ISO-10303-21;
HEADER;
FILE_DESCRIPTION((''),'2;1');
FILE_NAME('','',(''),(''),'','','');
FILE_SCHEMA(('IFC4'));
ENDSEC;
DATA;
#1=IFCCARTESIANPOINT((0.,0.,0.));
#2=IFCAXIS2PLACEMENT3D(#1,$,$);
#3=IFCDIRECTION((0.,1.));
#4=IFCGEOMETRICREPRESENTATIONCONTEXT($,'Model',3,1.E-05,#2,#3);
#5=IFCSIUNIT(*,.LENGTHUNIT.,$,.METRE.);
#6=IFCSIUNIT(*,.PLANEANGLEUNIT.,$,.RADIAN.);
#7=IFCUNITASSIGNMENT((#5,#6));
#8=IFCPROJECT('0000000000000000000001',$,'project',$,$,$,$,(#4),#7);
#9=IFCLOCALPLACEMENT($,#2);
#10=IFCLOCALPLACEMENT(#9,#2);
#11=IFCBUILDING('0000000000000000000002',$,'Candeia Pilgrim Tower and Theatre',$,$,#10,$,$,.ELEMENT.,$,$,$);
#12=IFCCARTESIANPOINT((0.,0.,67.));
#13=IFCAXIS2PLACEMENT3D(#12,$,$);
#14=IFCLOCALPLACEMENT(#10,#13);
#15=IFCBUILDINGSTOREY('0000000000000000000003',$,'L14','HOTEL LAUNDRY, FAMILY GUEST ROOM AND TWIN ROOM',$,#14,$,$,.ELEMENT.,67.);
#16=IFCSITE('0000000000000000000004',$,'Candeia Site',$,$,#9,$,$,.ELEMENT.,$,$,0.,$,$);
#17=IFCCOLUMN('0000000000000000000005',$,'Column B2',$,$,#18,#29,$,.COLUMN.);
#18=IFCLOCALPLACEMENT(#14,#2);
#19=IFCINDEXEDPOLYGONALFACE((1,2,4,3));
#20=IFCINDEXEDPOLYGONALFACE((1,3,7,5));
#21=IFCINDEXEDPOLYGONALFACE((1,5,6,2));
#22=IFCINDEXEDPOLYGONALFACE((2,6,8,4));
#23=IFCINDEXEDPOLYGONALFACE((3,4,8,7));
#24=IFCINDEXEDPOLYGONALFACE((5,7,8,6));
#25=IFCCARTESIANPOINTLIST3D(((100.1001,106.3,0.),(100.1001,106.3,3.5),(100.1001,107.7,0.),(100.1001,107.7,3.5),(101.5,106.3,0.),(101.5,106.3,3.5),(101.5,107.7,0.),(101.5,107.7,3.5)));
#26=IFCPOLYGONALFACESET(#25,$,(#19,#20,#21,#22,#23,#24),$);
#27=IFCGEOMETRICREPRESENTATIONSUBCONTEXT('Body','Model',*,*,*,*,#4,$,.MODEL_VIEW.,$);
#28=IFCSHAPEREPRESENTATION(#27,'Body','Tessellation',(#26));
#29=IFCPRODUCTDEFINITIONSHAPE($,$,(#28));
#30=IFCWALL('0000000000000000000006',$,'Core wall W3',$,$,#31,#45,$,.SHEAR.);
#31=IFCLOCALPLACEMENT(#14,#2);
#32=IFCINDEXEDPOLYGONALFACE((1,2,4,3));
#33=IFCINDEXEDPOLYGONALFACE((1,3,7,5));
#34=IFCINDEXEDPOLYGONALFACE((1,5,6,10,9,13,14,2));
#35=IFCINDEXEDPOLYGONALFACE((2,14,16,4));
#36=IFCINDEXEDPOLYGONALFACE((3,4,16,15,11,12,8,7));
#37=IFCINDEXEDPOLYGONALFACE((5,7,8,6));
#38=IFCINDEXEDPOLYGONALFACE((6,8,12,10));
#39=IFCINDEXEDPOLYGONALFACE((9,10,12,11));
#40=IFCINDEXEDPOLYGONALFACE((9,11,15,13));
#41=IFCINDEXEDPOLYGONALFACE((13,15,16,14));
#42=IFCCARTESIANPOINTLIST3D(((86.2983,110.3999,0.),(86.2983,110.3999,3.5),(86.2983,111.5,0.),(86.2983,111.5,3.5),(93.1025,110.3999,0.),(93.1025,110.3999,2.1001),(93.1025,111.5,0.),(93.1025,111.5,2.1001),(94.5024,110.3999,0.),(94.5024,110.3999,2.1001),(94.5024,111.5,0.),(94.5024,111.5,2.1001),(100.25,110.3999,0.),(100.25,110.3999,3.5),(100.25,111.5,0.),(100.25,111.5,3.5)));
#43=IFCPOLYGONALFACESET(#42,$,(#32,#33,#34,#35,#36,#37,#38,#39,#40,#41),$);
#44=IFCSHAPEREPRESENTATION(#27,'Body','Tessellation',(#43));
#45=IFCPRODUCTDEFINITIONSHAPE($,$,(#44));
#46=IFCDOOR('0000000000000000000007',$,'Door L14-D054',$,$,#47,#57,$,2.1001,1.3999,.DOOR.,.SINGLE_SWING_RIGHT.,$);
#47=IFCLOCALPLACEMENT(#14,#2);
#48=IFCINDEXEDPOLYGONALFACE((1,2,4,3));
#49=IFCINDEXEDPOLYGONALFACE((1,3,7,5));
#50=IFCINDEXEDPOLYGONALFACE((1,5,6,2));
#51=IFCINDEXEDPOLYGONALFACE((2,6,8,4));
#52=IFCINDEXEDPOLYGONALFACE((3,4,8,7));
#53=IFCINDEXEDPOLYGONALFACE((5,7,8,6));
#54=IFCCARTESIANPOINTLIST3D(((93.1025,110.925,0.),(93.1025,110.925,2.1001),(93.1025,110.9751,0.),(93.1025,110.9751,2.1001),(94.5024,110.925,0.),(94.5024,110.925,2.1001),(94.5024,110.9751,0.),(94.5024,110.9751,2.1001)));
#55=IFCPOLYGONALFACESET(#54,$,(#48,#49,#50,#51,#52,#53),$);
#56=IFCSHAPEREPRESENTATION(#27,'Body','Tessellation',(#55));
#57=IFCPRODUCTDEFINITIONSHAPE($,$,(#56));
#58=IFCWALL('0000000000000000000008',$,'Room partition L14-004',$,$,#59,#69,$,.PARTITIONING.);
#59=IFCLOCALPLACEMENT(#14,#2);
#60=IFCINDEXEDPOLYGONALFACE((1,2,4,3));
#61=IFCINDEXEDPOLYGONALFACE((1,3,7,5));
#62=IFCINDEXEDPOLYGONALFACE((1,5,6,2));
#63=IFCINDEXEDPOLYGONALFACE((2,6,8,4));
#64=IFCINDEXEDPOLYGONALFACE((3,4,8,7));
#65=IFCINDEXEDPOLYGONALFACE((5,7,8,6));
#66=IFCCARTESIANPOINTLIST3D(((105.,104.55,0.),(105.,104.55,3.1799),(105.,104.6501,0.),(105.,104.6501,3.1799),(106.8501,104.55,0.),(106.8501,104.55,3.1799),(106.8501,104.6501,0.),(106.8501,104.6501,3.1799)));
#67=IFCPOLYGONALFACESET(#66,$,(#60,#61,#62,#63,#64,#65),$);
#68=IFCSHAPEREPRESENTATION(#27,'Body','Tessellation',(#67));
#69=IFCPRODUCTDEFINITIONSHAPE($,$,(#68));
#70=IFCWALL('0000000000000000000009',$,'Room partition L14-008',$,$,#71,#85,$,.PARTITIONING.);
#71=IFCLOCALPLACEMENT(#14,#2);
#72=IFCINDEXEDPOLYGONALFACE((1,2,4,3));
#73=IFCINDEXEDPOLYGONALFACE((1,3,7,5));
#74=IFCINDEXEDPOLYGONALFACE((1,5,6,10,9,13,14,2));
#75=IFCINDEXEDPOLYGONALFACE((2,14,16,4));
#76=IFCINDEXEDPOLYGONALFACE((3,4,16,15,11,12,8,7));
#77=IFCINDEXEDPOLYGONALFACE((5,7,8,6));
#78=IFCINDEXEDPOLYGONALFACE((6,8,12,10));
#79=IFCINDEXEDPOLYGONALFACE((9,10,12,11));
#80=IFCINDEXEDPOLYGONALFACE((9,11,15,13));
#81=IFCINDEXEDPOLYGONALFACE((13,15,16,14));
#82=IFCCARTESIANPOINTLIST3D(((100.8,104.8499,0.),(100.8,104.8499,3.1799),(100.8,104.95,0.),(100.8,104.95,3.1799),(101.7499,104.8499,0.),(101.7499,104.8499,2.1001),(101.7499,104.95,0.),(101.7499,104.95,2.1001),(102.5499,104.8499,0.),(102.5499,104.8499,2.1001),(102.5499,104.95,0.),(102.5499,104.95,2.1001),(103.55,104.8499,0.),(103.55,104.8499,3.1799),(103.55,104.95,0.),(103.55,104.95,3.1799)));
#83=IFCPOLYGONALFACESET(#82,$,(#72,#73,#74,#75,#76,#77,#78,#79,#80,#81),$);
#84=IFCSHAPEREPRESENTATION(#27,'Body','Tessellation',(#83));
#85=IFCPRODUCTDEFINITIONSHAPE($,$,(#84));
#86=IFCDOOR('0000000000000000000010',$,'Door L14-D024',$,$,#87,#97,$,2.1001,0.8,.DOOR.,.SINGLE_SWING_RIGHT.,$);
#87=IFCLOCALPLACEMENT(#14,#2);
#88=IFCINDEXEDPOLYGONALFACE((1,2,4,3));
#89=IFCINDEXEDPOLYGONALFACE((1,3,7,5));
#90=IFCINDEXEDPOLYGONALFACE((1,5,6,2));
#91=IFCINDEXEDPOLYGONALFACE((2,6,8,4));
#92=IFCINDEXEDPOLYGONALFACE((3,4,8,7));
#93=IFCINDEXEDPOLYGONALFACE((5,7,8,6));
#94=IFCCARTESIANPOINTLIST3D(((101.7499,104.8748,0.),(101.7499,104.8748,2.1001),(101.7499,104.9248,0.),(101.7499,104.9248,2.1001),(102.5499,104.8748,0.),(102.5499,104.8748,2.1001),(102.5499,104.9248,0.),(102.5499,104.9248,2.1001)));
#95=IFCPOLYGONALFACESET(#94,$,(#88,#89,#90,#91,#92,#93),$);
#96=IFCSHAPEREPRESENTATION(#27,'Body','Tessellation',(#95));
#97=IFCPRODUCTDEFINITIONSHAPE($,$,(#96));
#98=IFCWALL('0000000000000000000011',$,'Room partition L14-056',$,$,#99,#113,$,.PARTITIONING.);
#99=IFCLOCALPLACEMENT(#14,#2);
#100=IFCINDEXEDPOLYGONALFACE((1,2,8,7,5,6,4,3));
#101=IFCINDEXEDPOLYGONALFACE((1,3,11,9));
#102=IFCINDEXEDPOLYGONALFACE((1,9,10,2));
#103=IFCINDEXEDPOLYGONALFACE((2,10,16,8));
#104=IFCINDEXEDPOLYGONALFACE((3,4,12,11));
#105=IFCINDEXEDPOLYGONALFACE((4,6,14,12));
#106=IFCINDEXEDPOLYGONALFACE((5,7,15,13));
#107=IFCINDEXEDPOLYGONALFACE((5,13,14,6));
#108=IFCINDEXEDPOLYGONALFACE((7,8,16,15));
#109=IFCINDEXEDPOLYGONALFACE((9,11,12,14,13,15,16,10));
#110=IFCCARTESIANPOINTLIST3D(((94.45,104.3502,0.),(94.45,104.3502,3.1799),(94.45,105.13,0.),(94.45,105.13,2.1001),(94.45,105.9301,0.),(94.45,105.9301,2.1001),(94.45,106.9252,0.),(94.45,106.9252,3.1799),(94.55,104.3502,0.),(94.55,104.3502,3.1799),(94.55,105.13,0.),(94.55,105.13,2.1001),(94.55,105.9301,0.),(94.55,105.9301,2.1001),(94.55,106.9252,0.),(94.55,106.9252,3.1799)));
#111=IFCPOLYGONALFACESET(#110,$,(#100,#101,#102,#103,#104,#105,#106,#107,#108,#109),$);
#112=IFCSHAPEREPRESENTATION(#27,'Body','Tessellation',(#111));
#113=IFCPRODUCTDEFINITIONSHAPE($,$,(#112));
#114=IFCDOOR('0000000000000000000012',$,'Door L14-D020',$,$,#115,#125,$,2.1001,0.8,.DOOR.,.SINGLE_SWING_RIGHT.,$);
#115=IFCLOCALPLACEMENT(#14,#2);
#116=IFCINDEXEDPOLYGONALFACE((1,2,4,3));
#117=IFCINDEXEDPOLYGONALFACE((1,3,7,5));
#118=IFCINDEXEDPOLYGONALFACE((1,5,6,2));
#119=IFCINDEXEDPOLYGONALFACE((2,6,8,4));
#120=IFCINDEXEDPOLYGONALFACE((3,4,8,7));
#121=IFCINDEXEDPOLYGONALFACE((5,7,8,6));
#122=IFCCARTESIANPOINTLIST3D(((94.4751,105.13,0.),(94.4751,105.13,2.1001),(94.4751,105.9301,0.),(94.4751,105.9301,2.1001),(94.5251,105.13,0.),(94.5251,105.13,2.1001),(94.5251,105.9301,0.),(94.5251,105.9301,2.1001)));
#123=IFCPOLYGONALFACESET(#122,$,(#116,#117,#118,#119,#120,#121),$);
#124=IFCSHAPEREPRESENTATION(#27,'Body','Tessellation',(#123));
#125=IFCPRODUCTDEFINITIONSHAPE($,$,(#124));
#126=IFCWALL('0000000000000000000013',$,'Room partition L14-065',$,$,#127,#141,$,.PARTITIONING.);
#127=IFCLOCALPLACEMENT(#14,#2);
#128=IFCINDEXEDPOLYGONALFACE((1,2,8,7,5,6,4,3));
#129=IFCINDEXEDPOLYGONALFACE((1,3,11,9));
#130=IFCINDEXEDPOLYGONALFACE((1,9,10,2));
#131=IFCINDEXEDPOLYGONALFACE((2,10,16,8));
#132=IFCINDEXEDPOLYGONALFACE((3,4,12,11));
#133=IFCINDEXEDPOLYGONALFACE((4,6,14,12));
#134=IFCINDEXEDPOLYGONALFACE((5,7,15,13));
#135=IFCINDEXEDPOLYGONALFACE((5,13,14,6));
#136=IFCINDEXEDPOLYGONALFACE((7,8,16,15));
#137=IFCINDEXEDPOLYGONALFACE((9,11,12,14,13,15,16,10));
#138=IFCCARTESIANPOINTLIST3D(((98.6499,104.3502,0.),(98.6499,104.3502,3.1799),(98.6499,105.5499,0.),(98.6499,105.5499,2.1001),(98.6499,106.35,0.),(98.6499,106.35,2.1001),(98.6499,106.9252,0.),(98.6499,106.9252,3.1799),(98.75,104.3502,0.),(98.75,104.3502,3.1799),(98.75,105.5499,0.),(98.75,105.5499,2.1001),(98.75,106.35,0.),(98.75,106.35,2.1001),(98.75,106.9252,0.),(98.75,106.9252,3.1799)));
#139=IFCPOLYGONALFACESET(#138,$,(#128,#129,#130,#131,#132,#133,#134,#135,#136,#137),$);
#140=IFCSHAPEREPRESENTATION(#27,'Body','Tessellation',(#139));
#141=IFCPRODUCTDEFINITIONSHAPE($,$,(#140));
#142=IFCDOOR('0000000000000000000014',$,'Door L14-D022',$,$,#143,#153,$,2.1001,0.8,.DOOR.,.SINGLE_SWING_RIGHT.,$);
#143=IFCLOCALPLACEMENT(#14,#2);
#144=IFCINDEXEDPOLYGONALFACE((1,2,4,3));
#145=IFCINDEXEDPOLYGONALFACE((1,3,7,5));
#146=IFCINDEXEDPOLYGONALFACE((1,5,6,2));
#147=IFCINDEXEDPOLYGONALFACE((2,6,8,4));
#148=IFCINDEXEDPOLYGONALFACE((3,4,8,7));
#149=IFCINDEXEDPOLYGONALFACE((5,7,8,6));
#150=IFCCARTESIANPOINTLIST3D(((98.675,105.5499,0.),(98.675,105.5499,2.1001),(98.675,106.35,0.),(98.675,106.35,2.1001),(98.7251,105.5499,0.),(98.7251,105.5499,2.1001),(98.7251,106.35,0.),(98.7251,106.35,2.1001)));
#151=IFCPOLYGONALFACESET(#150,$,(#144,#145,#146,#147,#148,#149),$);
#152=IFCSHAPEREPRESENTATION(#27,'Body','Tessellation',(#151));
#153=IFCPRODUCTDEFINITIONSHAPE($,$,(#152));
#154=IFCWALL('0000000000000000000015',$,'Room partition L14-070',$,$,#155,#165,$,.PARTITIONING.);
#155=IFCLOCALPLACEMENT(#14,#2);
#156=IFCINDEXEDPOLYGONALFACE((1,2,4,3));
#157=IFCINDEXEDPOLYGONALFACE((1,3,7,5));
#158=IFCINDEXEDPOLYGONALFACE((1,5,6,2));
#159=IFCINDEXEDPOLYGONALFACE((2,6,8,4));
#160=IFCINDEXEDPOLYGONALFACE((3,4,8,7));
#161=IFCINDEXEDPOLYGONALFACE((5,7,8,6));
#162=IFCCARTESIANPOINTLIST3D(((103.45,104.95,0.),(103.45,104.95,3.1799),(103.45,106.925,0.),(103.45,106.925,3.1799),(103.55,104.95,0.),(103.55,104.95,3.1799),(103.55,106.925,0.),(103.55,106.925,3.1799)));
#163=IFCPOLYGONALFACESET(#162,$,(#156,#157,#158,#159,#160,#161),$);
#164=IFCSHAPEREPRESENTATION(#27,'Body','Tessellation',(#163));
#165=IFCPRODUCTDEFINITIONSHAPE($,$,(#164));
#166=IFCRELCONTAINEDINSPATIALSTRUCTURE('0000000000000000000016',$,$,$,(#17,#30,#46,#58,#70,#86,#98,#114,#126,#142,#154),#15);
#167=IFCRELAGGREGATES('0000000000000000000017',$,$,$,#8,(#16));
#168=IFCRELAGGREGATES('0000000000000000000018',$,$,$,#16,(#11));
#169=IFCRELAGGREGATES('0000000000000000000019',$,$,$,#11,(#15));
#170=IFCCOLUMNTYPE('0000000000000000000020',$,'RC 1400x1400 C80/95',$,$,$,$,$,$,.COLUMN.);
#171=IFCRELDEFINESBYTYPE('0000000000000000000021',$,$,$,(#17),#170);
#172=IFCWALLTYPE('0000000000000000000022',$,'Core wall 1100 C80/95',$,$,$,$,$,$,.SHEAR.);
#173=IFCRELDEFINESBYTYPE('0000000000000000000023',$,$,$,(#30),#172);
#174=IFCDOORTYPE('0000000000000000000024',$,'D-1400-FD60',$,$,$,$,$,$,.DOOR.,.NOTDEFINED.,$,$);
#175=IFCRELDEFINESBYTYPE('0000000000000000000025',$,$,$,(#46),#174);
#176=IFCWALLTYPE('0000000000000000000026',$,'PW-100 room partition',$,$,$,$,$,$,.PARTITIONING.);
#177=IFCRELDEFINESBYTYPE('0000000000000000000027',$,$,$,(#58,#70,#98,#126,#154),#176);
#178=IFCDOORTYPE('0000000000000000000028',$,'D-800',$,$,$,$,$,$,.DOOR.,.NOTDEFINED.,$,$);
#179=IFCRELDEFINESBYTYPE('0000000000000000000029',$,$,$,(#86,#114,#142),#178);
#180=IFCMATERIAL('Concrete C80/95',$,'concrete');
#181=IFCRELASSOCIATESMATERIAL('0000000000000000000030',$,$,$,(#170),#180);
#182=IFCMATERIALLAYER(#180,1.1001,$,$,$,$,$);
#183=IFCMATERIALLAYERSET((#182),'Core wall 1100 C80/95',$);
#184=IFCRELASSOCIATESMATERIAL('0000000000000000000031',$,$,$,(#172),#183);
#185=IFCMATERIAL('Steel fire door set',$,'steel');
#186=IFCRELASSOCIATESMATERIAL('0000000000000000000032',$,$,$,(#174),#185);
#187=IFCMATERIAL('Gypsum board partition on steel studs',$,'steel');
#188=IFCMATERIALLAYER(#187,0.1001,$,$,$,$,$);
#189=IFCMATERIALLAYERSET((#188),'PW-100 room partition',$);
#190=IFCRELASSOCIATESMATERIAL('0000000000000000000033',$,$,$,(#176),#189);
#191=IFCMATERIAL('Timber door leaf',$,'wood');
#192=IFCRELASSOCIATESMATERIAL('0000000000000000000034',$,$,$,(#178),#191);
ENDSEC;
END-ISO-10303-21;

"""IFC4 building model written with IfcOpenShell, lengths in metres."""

from ifc_helpers import new_model, si_unit, direction, frame, frame_2d, origin, origin_2d, place, context, subcontext, project, spatial, rectangle, extrude, material, layer, layer_set, material_profile, profile_set, type_object, element, fill, save


model = new_model("IFC4")

# Units and contexts
model_context = context("Model", 3, precision=1e-05, world=origin(), true_north=direction((0.0, 1.0)))
body_context = subcontext(model_context, "Body", "Model", "MODEL_VIEW")
ifc_project = project(units=[si_unit("LENGTHUNIT", "METRE"), si_unit("PLANEANGLEUNIT", "RADIAN")], contexts=[model_context])

# Site, building, storey
site_placement = place(None, origin())
site = spatial("IfcSite", under=ifc_project, at=site_placement, Name="Candeia Site", CompositionType="ELEMENT", RefElevation=0.0)
building_placement = place(site_placement, origin())
building = spatial("IfcBuilding", under=site, at=building_placement, Name="Candeia Pilgrim Tower and Theatre", CompositionType="ELEMENT")
storey_placement = place(building_placement, frame((0.0, 0.0, 67.0)))
storey = spatial("IfcBuildingStorey", under=building, at=storey_placement, Name="L14", Description="HOTEL LAUNDRY, FAMILY GUEST ROOM AND TWIN ROOM", CompositionType="ELEMENT", Elevation=67.0)

# Column
ifc_material_1 = material(Name="Concrete C80/95", Category="concrete")
ifc_material_profile = material_profile(ifc_material_1, rectangle(XDim=1.3999, YDim=1.3999, at=origin_2d()))
ifc_profile_set = profile_set([ifc_material_profile], Name="Concrete C80/95")
column_type = type_object("IfcColumnType", Name="RC 1400x1400 C80/95", PredefinedType="COLUMN", material=ifc_profile_set)
column_placement = place(storey_placement, frame((100.8, 107.0, 0.0), z_axis=(0.0, 0.0, 1.0), x_axis=(1.0, 0.0, 0.0)))
element("IfcColumn", 1, at=column_placement, inside=storey, type_object=column_type, Name="Column B2", PredefinedType="COLUMN", context=body_context, shape_type="SweptSolid", body=[
    extrude(rectangle(XDim=1.3999, YDim=1.3999, at=origin_2d()), origin(), (0.0, 0.0, 1.0), 3.5),
])

# Wall, opening, door
ifc_layer_1 = layer(ifc_material_1, 1.1001)
ifc_layer_set_1 = layer_set([ifc_layer_1], Name="Core wall 1100 C80/95")
wall_type_1 = type_object("IfcWallType", Name="Core wall 1100 C80/95", PredefinedType="SHEAR", material=ifc_layer_set_1)
wall_1_placement = place(storey_placement, frame((100.25, 110.95, 0.0), z_axis=(0.0, 0.0, 1.0), x_axis=(-1.0, 0.0, 0.0)))
wall_1 = element("IfcWall", 2, at=wall_1_placement, inside=storey, type_object=wall_type_1, Name="Core wall W3", PredefinedType="SHEAR", context=body_context, shape_type="SweptSolid", body=[
    extrude(rectangle(XDim=13.9517, YDim=1.1001, at=frame_2d((6.9758, 0.0))), origin(), (0.0, 0.0, 1.0), 3.5),
])
opening_1_placement = place(wall_1_placement, frame((5.7476, 0.0, 0.0)))
opening_1 = element("IfcOpeningElement", 3, at=opening_1_placement, cuts=wall_1, PredefinedType="OPENING", context=body_context, shape_type="SweptSolid", body=[
    extrude(rectangle(XDim=1.3999, YDim=2.1001, at=frame_2d((0.7, 1.05))), frame((0.0, 0.5601, 0.0), z_axis=(0.0, -1.0, 0.0), x_axis=(1.0, 0.0, 0.0)), (0.0, 0.0, 1.0), 1.1201),
])
ifc_material_2 = material(Name="Steel fire door set", Category="steel")
door_type_1 = type_object("IfcDoorType", Name="D-1400-FD60", OperationType="NOTDEFINED", PredefinedType="DOOR", material=ifc_material_2)
door_1_placement = place(opening_1_placement, origin())
door_1 = element("IfcDoor", 4, at=door_1_placement, inside=storey, type_object=door_type_1, Name="Door L14-D054", OperationType="SINGLE_SWING_RIGHT", OverallHeight=2.1001, OverallWidth=1.3999, PredefinedType="DOOR", context=body_context, shape_type="SweptSolid", body=[
    extrude(rectangle(XDim=1.3999, YDim=2.1001, at=frame_2d((0.7, 1.05))), frame((0.0, 0.0249, 0.0), z_axis=(0.0, -1.0, 0.0), x_axis=(1.0, 0.0, 0.0)), (0.0, 0.0, 1.0), 0.05),
])
fill(opening_1, door_1)

# Wall
ifc_material_3 = material(Name="Gypsum board partition on steel studs", Category="steel")
ifc_layer_2 = layer(ifc_material_3, 0.1001)
ifc_layer_set_2 = layer_set([ifc_layer_2], Name="PW-100 room partition")
wall_type_2 = type_object("IfcWallType", Name="PW-100 room partition", PredefinedType="PARTITIONING", material=ifc_layer_set_2)
wall_2_placement = place(storey_placement, frame((105.0, 104.6001, 0.0), z_axis=(0.0, 0.0, 1.0), x_axis=(1.0, 0.0, 0.0)))
element("IfcWall", 5, at=wall_2_placement, inside=storey, type_object=wall_type_2, Name="Room partition L14-004", PredefinedType="PARTITIONING", context=body_context, shape_type="SweptSolid", body=[
    extrude(rectangle(XDim=1.8501, YDim=0.1001, at=frame_2d((0.925, 0.0))), origin(), (0.0, 0.0, 1.0), 3.1799),
])

# Walls, openings, doors
wall_3_placement = place(storey_placement, frame((100.8, 104.8999, 0.0), z_axis=(0.0, 0.0, 1.0), x_axis=(1.0, 0.0, 0.0)))
wall_3 = element("IfcWall", 6, at=wall_3_placement, inside=storey, type_object=wall_type_2, Name="Room partition L14-008", PredefinedType="PARTITIONING", context=body_context, shape_type="SweptSolid", body=[
    extrude(rectangle(XDim=2.75, YDim=0.1001, at=frame_2d((1.375, 0.0))), origin(), (0.0, 0.0, 1.0), 3.1799),
])
opening_2_placement = place(wall_3_placement, frame((0.95, 0.0, 0.0)))
opening_2 = element("IfcOpeningElement", 7, at=opening_2_placement, cuts=wall_3, PredefinedType="OPENING", context=body_context, shape_type="SweptSolid", body=[
    extrude(rectangle(XDim=0.8, YDim=2.1001, at=frame_2d((0.3999, 1.05))), frame((0.0, 0.0601, 0.0), z_axis=(0.0, -1.0, 0.0), x_axis=(1.0, 0.0, 0.0)), (0.0, 0.0, 1.0), 0.1201),
])
ifc_material_4 = material(Name="Timber door leaf", Category="wood")
door_type_2 = type_object("IfcDoorType", Name="D-800", OperationType="NOTDEFINED", PredefinedType="DOOR", material=ifc_material_4)
door_2_placement = place(opening_2_placement, origin())
door_2 = element("IfcDoor", 8, at=door_2_placement, inside=storey, type_object=door_type_2, Name="Door L14-D024", OperationType="SINGLE_SWING_RIGHT", OverallHeight=2.1001, OverallWidth=0.8, PredefinedType="DOOR", context=body_context, shape_type="SweptSolid", body=[
    extrude(rectangle(XDim=0.8, YDim=2.1001, at=frame_2d((0.3999, 1.05))), frame((0.0, 0.0249, 0.0), z_axis=(0.0, -1.0, 0.0), x_axis=(1.0, 0.0, 0.0)), (0.0, 0.0, 1.0), 0.05),
])
fill(opening_2, door_2)
wall_4_placement = place(storey_placement, frame((94.5, 104.3501, 0.0), z_axis=(0.0, 0.0, 1.0), x_axis=(0.0, 1.0, 0.0)))
wall_4 = element("IfcWall", 9, at=wall_4_placement, inside=storey, type_object=wall_type_2, Name="Room partition L14-056", PredefinedType="PARTITIONING", context=body_context, shape_type="SweptSolid", body=[
    extrude(rectangle(XDim=2.575, YDim=0.1001, at=frame_2d((1.2876, 0.0))), origin(), (0.0, 0.0, 1.0), 3.1799),
])
opening_3_placement = place(wall_4_placement, frame((0.78, 0.0, 0.0)))
opening_3 = element("IfcOpeningElement", 10, at=opening_3_placement, cuts=wall_4, PredefinedType="OPENING", context=body_context, shape_type="SweptSolid", body=[
    extrude(rectangle(XDim=0.8, YDim=2.1001, at=frame_2d((0.3999, 1.05))), frame((0.0, 0.0601, 0.0), z_axis=(0.0, -1.0, 0.0), x_axis=(1.0, 0.0, 0.0)), (0.0, 0.0, 1.0), 0.1201),
])
door_3_placement = place(opening_3_placement, origin())
door_3 = element("IfcDoor", 11, at=door_3_placement, inside=storey, type_object=door_type_2, Name="Door L14-D020", OperationType="SINGLE_SWING_RIGHT", OverallHeight=2.1001, OverallWidth=0.8, PredefinedType="DOOR", context=body_context, shape_type="SweptSolid", body=[
    extrude(rectangle(XDim=0.8, YDim=2.1001, at=frame_2d((0.3999, 1.05))), frame((0.0, 0.0249, 0.0), z_axis=(0.0, -1.0, 0.0), x_axis=(1.0, 0.0, 0.0)), (0.0, 0.0, 1.0), 0.05),
])
fill(opening_3, door_3)
wall_5_placement = place(storey_placement, frame((98.7, 104.3501, 0.0), z_axis=(0.0, 0.0, 1.0), x_axis=(0.0, 1.0, 0.0)))
wall_5 = element("IfcWall", 12, at=wall_5_placement, inside=storey, type_object=wall_type_2, Name="Room partition L14-065", PredefinedType="PARTITIONING", context=body_context, shape_type="SweptSolid", body=[
    extrude(rectangle(XDim=2.575, YDim=0.1001, at=frame_2d((1.2876, 0.0))), origin(), (0.0, 0.0, 1.0), 3.1799),
])
opening_4_placement = place(wall_5_placement, frame((1.2, 0.0, 0.0)))
opening_4 = element("IfcOpeningElement", 13, at=opening_4_placement, cuts=wall_5, PredefinedType="OPENING", context=body_context, shape_type="SweptSolid", body=[
    extrude(rectangle(XDim=0.8, YDim=2.1001, at=frame_2d((0.3999, 1.05))), frame((0.0, 0.0601, 0.0), z_axis=(0.0, -1.0, 0.0), x_axis=(1.0, 0.0, 0.0)), (0.0, 0.0, 1.0), 0.1201),
])
door_4_placement = place(opening_4_placement, origin())
door_4 = element("IfcDoor", 14, at=door_4_placement, inside=storey, type_object=door_type_2, Name="Door L14-D022", OperationType="SINGLE_SWING_RIGHT", OverallHeight=2.1001, OverallWidth=0.8, PredefinedType="DOOR", context=body_context, shape_type="SweptSolid", body=[
    extrude(rectangle(XDim=0.8, YDim=2.1001, at=frame_2d((0.3999, 1.05))), frame((0.0, 0.0249, 0.0), z_axis=(0.0, -1.0, 0.0), x_axis=(1.0, 0.0, 0.0)), (0.0, 0.0, 1.0), 0.05),
])
fill(opening_4, door_4)

# Wall
wall_6_placement = place(storey_placement, frame((103.5, 104.95, 0.0), z_axis=(0.0, 0.0, 1.0), x_axis=(0.0, 1.0, 0.0)))
element("IfcWall", 15, at=wall_6_placement, inside=storey, type_object=wall_type_2, Name="Room partition L14-070", PredefinedType="PARTITIONING", context=body_context, shape_type="SweptSolid", body=[
    extrude(rectangle(XDim=1.9751, YDim=0.1001, at=frame_2d((0.9875, 0.0))), origin(), (0.0, 0.0, 1.0), 3.1799),
])

save(model, "model.ifc")
